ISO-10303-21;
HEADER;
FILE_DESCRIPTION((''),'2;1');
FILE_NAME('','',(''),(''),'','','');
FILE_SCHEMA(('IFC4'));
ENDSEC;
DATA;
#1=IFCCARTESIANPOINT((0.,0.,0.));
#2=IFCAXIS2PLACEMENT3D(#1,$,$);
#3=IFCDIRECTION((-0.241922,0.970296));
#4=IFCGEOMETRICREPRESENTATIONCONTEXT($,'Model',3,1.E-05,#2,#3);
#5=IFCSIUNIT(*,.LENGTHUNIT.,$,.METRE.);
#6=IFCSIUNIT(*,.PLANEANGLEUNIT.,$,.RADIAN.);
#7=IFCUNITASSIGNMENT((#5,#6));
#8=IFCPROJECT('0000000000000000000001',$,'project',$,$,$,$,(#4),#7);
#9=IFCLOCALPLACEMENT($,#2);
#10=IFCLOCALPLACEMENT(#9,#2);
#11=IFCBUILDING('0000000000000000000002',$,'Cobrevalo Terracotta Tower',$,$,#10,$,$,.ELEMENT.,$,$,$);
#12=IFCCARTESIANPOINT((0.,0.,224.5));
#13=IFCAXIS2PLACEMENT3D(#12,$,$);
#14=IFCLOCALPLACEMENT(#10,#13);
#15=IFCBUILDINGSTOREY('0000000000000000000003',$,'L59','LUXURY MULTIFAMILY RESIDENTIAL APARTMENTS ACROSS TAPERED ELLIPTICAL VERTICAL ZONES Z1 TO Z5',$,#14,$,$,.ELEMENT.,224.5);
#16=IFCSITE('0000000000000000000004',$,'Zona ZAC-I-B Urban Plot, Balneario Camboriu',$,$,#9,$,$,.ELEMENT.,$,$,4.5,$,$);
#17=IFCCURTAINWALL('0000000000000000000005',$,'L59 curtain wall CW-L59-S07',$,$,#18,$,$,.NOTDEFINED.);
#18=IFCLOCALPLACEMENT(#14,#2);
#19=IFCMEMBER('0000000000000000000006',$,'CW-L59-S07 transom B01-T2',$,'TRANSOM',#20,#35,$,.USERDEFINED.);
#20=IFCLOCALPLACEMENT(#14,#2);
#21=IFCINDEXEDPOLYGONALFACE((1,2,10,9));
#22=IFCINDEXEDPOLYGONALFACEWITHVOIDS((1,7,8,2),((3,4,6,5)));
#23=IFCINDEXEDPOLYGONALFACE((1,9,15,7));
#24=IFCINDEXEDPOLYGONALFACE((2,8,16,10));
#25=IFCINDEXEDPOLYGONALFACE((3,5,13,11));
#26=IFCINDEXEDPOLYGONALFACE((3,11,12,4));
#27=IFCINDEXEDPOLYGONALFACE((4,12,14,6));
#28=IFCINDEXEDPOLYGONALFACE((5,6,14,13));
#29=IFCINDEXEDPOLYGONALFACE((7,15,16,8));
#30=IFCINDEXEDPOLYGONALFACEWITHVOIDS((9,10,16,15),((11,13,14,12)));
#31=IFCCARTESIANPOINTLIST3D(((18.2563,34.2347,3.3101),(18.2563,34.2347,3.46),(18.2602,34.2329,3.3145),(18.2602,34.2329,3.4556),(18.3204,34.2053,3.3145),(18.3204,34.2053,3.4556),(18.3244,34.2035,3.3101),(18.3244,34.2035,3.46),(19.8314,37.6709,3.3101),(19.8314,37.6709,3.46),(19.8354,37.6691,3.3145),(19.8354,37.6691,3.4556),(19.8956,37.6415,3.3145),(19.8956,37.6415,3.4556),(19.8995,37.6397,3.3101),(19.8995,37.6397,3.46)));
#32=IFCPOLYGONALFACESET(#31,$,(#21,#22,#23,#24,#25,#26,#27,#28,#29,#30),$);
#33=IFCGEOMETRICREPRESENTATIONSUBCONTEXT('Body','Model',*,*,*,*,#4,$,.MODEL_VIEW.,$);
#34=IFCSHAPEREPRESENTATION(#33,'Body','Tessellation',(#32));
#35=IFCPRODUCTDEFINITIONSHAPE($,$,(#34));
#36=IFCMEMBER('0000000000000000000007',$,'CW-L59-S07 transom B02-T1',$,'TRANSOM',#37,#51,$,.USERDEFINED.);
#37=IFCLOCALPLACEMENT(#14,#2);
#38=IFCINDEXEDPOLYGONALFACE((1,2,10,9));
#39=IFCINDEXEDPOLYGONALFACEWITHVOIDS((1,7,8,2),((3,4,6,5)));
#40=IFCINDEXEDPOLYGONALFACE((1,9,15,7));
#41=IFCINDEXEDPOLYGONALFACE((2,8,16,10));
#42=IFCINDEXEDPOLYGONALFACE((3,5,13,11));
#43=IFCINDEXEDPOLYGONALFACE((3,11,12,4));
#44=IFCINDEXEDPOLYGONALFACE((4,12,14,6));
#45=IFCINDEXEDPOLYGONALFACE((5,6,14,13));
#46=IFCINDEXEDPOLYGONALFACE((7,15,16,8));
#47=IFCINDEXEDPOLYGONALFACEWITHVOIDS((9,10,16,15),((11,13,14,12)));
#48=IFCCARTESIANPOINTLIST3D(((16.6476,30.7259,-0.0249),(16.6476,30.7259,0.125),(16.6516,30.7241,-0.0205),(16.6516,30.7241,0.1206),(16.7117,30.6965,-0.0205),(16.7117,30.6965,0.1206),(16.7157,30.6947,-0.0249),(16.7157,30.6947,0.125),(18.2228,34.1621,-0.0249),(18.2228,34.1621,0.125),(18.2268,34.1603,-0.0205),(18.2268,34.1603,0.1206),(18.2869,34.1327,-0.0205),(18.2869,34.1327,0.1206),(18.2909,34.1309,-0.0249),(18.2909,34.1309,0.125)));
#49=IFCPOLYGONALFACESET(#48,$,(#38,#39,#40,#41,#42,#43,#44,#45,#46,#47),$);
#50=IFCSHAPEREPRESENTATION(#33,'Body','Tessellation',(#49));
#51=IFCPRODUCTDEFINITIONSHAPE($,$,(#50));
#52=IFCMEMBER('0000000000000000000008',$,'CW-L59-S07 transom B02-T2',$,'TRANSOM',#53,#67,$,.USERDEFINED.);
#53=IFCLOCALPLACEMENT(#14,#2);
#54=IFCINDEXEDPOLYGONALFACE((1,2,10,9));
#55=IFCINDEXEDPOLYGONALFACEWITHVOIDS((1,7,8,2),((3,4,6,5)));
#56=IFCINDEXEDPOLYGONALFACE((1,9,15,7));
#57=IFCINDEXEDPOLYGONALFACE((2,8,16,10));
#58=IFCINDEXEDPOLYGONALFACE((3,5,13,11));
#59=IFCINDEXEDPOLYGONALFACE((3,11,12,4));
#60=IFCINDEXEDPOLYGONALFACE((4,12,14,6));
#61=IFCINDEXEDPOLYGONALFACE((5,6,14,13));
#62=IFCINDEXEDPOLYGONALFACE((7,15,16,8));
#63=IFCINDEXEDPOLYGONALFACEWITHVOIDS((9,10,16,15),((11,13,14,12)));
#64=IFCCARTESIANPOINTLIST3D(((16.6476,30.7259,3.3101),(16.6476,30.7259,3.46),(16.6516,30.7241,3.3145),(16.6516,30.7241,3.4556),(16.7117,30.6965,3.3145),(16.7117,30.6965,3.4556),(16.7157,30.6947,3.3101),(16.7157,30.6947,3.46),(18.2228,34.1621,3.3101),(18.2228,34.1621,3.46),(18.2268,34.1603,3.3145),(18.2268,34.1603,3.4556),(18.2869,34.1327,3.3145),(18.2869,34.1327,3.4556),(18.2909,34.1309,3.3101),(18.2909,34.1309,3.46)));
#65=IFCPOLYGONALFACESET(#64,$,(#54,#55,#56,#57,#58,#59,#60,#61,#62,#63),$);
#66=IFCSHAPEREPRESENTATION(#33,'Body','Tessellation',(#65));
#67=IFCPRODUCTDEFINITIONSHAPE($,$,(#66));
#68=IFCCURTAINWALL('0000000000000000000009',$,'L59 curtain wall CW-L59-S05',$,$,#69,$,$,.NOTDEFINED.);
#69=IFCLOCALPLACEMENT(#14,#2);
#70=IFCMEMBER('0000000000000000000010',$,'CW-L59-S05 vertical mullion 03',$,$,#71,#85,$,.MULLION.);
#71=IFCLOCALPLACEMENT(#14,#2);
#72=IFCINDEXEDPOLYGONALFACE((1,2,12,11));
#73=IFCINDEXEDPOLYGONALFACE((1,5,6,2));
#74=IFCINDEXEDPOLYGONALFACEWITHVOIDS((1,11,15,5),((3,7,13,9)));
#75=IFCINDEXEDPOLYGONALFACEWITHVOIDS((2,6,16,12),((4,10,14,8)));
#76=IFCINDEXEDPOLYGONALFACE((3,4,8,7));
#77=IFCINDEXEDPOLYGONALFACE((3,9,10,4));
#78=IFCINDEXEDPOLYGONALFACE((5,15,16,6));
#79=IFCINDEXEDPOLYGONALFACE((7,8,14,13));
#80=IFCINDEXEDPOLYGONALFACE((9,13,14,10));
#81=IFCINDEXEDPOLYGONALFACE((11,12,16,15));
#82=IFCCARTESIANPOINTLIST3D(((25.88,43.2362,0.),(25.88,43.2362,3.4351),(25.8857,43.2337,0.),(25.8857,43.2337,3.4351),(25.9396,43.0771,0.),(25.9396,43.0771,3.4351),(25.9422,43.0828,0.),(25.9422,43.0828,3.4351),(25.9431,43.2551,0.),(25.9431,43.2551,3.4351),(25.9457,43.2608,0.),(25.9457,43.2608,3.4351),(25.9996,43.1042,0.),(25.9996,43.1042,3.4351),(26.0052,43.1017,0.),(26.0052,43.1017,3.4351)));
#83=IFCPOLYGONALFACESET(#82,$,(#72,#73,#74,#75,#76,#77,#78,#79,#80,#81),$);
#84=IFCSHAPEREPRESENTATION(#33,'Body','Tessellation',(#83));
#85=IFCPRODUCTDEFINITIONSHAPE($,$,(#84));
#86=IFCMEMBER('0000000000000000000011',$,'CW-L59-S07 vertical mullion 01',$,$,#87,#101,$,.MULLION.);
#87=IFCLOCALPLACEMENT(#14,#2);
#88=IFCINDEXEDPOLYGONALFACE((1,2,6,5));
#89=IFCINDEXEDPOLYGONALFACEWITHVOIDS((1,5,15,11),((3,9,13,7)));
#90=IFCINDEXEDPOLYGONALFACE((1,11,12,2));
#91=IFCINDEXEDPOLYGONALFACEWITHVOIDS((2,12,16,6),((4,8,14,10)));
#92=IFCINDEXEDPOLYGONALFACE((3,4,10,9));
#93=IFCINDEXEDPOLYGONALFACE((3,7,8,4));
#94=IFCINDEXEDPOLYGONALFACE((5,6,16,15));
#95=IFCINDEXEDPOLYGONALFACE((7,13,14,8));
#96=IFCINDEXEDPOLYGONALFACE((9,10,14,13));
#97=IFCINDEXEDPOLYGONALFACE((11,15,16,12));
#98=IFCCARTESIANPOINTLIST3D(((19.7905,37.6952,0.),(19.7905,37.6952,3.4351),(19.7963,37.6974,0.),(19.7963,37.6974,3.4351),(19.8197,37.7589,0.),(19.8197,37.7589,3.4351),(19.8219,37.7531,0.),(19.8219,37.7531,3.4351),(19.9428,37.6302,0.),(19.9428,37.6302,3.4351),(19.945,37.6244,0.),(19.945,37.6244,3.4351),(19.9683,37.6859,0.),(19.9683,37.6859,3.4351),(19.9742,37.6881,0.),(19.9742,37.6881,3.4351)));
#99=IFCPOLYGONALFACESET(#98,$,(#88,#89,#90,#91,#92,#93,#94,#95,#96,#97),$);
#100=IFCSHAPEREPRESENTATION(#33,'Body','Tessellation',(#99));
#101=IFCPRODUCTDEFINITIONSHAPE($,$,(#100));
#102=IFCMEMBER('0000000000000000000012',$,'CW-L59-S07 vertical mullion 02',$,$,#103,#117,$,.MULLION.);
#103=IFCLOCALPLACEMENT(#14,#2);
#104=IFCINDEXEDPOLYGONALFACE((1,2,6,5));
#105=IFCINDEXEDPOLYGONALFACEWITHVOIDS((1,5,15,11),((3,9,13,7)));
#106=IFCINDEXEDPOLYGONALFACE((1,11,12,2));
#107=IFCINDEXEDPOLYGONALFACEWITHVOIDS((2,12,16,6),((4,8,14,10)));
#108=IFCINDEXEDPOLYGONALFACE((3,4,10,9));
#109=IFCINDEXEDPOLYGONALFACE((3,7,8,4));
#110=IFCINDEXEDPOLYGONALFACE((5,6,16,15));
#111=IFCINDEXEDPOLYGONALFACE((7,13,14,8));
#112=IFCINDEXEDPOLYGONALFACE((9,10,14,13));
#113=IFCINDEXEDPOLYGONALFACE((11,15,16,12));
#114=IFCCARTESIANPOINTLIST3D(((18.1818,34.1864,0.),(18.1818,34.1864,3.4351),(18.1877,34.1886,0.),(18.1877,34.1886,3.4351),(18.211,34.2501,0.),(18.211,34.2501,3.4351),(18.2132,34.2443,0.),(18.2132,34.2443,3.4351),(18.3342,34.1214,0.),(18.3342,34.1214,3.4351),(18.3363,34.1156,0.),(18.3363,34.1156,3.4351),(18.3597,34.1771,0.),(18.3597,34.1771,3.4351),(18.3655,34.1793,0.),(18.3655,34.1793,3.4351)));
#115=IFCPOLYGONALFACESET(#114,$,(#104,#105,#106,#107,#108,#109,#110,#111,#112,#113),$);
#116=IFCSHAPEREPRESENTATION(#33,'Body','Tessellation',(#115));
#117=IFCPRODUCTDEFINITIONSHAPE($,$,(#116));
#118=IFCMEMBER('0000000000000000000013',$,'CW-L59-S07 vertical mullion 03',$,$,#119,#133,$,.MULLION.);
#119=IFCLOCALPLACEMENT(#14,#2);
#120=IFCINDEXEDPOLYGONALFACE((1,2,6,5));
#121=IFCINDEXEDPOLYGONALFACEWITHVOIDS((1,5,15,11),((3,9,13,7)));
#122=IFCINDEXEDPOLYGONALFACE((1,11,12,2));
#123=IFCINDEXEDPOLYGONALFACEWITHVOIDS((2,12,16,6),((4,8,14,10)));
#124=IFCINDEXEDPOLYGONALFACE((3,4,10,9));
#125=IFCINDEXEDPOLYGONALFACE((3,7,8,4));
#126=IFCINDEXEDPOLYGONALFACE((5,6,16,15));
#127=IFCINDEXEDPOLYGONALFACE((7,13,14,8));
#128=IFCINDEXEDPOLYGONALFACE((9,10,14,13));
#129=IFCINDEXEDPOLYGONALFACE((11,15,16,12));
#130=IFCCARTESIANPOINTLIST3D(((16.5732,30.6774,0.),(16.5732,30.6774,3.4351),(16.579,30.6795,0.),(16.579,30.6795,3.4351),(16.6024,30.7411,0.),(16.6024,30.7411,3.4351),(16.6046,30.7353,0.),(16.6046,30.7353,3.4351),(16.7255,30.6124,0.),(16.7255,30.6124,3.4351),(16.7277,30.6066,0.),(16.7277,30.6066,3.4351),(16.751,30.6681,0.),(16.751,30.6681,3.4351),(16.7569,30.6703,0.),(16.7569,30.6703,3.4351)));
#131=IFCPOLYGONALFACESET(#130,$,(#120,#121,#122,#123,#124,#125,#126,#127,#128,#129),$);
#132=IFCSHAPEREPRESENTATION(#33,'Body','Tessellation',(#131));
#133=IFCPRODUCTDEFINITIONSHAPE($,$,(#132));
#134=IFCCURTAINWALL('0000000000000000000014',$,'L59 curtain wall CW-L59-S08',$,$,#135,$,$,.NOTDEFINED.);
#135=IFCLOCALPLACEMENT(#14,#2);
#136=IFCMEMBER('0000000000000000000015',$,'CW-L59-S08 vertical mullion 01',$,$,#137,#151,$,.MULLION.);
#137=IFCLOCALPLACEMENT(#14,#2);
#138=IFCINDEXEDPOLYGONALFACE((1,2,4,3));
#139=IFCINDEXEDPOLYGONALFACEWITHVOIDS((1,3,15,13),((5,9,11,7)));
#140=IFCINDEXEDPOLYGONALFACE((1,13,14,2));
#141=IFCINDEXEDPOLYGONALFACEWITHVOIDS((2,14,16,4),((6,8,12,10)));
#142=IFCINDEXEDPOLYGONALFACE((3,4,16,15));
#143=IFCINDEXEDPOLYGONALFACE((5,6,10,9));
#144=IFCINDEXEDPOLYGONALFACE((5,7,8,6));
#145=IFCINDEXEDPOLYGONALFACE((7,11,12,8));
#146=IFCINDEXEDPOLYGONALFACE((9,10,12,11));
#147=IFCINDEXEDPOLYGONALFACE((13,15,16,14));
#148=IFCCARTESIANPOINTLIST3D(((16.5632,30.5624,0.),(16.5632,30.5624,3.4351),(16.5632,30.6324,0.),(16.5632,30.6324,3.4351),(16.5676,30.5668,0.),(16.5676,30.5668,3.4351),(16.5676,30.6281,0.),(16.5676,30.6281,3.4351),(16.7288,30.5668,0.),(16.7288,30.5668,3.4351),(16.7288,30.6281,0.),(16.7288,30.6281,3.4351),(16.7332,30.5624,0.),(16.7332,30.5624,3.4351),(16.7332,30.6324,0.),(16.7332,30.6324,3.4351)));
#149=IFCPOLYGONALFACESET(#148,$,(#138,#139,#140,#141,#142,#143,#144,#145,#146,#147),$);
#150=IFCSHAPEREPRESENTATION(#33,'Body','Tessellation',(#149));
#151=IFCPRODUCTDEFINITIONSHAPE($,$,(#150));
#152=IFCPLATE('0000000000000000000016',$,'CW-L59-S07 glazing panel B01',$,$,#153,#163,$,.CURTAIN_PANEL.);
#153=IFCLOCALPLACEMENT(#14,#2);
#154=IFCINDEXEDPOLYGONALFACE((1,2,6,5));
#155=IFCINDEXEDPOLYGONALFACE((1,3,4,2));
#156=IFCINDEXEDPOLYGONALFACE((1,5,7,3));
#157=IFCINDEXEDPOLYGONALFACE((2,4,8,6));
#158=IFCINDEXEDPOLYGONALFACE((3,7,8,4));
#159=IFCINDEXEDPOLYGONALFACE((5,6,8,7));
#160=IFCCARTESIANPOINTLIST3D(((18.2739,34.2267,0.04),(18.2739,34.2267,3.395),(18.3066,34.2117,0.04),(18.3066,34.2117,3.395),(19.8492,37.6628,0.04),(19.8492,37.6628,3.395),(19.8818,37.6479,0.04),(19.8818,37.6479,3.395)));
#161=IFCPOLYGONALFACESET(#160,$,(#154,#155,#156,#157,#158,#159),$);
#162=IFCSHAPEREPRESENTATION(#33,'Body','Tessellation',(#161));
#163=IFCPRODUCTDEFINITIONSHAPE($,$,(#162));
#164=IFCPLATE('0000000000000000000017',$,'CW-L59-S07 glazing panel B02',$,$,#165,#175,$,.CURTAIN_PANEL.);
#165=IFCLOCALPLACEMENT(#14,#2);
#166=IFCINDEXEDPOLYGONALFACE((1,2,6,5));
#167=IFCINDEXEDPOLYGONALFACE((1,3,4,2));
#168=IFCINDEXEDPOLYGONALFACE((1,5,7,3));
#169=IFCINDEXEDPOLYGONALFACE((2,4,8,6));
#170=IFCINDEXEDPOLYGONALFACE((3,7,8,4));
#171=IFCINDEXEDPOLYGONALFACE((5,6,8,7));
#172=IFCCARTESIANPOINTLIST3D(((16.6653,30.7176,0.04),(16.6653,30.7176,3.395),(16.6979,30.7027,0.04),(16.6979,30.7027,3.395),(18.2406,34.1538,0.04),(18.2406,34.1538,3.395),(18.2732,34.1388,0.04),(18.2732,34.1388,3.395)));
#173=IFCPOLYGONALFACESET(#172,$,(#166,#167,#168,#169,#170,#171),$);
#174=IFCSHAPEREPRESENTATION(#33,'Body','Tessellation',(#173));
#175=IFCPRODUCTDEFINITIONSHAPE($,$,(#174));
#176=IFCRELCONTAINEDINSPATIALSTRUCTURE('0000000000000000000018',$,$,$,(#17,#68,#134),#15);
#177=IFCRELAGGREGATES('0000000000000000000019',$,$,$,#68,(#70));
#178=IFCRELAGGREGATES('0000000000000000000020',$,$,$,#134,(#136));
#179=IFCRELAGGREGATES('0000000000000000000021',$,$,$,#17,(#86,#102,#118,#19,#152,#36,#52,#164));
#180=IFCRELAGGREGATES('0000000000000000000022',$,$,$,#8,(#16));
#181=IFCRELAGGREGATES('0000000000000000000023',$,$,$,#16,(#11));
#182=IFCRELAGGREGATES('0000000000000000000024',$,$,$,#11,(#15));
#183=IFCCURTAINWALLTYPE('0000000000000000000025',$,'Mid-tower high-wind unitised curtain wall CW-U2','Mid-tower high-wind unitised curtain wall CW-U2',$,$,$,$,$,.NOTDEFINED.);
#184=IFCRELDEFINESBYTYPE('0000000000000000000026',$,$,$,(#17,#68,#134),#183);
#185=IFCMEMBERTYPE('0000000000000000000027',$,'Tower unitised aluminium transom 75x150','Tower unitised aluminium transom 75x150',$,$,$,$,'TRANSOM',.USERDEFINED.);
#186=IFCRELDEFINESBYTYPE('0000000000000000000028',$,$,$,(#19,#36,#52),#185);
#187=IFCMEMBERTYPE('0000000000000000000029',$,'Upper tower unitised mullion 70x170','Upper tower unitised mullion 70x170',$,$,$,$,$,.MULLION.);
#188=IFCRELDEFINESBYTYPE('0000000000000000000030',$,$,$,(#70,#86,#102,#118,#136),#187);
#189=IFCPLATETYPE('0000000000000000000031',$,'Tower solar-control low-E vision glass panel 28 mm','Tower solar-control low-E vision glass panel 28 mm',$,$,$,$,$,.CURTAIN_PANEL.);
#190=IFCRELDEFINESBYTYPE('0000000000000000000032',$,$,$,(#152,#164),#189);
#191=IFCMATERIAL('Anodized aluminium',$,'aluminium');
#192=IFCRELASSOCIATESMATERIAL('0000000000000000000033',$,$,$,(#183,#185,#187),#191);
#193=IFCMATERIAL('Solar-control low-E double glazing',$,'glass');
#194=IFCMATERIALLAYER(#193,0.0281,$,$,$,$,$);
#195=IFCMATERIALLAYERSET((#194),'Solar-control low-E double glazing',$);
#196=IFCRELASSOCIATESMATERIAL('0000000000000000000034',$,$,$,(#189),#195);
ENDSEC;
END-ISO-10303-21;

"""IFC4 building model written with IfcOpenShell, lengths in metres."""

from ifc_helpers import new_model, si_unit, direction, frame, origin, origin_2d, place, context, subcontext, project, spatial, rectangle, hollow_rectangle, extrude, source, transform, mapped, material, layer, layer_set, material_profile, profile_set, type_object, element, aggregate, save


model = new_model("IFC4")

# Units and contexts
model_context = context("Model", 3, precision=1e-05, world=origin(), true_north=direction((-0.241922, 0.970296)))
body_context = subcontext(model_context, "Body", "Model", "MODEL_VIEW")
ifc_project = project(units=[si_unit("LENGTHUNIT", "METRE"), si_unit("PLANEANGLEUNIT", "RADIAN")], contexts=[model_context])

# Site, building, storey
site_placement = place(None, origin())
site = spatial("IfcSite", under=ifc_project, at=site_placement, Name="Zona ZAC-I-B Urban Plot, Balneario Camboriu", CompositionType="ELEMENT", RefElevation=4.5)
building_placement = place(site_placement, origin())
building = spatial("IfcBuilding", under=site, at=building_placement, Name="Cobrevalo Terracotta Tower", CompositionType="ELEMENT")
storey_placement = place(building_placement, frame((0.0, 0.0, 224.5)))
storey = spatial("IfcBuildingStorey", under=building, at=storey_placement, Name="L59", Description="LUXURY MULTIFAMILY RESIDENTIAL APARTMENTS ACROSS TAPERED ELLIPTICAL VERTICAL ZONES Z1 TO Z5", CompositionType="ELEMENT", Elevation=224.5)

# Curtain wall, members
ifc_material_1 = material(Name="Anodized aluminium", Category="aluminium")
curtain_wall_type = type_object("IfcCurtainWallType", Name="Mid-tower high-wind unitised curtain wall CW-U2", Description="Mid-tower high-wind unitised curtain wall CW-U2", PredefinedType="NOTDEFINED", material=ifc_material_1)
curtain_wall_1_placement = place(storey_placement, origin())
curtain_wall_1 = element("IfcCurtainWall", 1, at=curtain_wall_1_placement, inside=storey, type_object=curtain_wall_type, Name="L59 curtain wall CW-L59-S07", PredefinedType="NOTDEFINED")
ifc_material_profile_1 = material_profile(ifc_material_1, hollow_rectangle(XDim=0.075, YDim=0.1499, WallThickness=0.0044, at=origin_2d()), Name="CWT 75x150")
ifc_profile_set_1 = profile_set([ifc_material_profile_1], Name="Anodized aluminium")
member_type_1 = type_object("IfcMemberType", Name="Tower unitised aluminium transom 75x150", Description="Tower unitised aluminium transom 75x150", ElementType="TRANSOM", PredefinedType="USERDEFINED", material=ifc_profile_set_1)
shared_shape_1 = source(origin(), body_context, "Body", "SweptSolid", [
    extrude(hollow_rectangle(XDim=0.075, YDim=0.1499, WallThickness=0.0044, at=origin_2d()), origin(), (0.0, 0.0, 1.0), 3.78),
])
member_1_placement = place(storey_placement, frame((19.8655, 37.6553, 3.385), z_axis=(-0.416706, -0.909041, 0.0), x_axis=(0.909041, -0.416706, 0.0)))
member_1 = element("IfcMember", 2, at=member_1_placement, type_object=member_type_1, Name="CW-L59-S07 transom B01-T2", ObjectType="TRANSOM", PredefinedType="USERDEFINED", context=body_context, shape_type="MappedRepresentation", body=[
    mapped(shared_shape_1, transform((0.0, 0.0, 0.0), scale=1.0)),
])
member_2_placement = place(storey_placement, frame((18.2568, 34.1465, 0.05), z_axis=(-0.416706, -0.909041, 0.0), x_axis=(0.909041, -0.416706, 0.0)))
member_2 = element("IfcMember", 3, at=member_2_placement, type_object=member_type_1, Name="CW-L59-S07 transom B02-T1", ObjectType="TRANSOM", PredefinedType="USERDEFINED", context=body_context, shape_type="MappedRepresentation", body=[
    mapped(shared_shape_1, transform((0.0, 0.0, 0.0), scale=1.0)),
])
member_3_placement = place(storey_placement, frame((18.2568, 34.1465, 3.385), z_axis=(-0.416706, -0.909041, 0.0), x_axis=(0.909041, -0.416706, 0.0)))
member_3 = element("IfcMember", 4, at=member_3_placement, type_object=member_type_1, Name="CW-L59-S07 transom B02-T2", ObjectType="TRANSOM", PredefinedType="USERDEFINED", context=body_context, shape_type="MappedRepresentation", body=[
    mapped(shared_shape_1, transform((0.0, 0.0, 0.0), scale=1.0)),
])

# Curtain wall, member
curtain_wall_2_placement = place(storey_placement, origin())
curtain_wall_2 = element("IfcCurtainWall", 5, at=curtain_wall_2_placement, inside=storey, type_object=curtain_wall_type, Name="L59 curtain wall CW-L59-S05", PredefinedType="NOTDEFINED")
ifc_material_profile_2 = material_profile(ifc_material_1, hollow_rectangle(XDim=0.0701, YDim=0.1699, WallThickness=0.0044, at=origin_2d()), Name="CWM 70x170")
ifc_profile_set_2 = profile_set([ifc_material_profile_2], Name="Anodized aluminium")
member_type_2 = type_object("IfcMemberType", Name="Upper tower unitised mullion 70x170", Description="Upper tower unitised mullion 70x170", PredefinedType="MULLION", material=ifc_profile_set_2)
shared_shape_2 = source(origin(), body_context, "Body", "SweptSolid", [
    extrude(hollow_rectangle(XDim=0.0701, YDim=0.1699, WallThickness=0.0044, at=origin_2d()), origin(), (0.0, 0.0, 1.0), 3.4351),
])
member_4_placement = place(storey_placement, frame((25.9426, 43.1689, 0.0), z_axis=(0.0, 0.0, 1.0), x_axis=(-0.936556, -0.350518, 0.0)))
member_4 = element("IfcMember", 6, at=member_4_placement, type_object=member_type_2, Name="CW-L59-S05 vertical mullion 03", PredefinedType="MULLION", context=body_context, shape_type="MappedRepresentation", body=[
    mapped(shared_shape_2, transform((0.0, 0.0, 0.0), scale=1.0)),
])
aggregate(curtain_wall_2, [member_4])

# Members
member_5_placement = place(storey_placement, frame((19.8823, 37.6917, 0.0), z_axis=(0.0, 0.0, 1.0), x_axis=(-0.416725, -0.909033, 0.0)))
member_5 = element("IfcMember", 7, at=member_5_placement, type_object=member_type_2, Name="CW-L59-S07 vertical mullion 01", PredefinedType="MULLION", context=body_context, shape_type="MappedRepresentation", body=[
    mapped(shared_shape_2, transform((0.0, 0.0, 0.0), scale=1.0)),
])
member_6_placement = place(storey_placement, frame((18.2737, 34.1829, 0.0), z_axis=(0.0, 0.0, 1.0), x_axis=(-0.416725, -0.909033, 0.0)))
member_6 = element("IfcMember", 8, at=member_6_placement, type_object=member_type_2, Name="CW-L59-S07 vertical mullion 02", PredefinedType="MULLION", context=body_context, shape_type="MappedRepresentation", body=[
    mapped(shared_shape_2, transform((0.0, 0.0, 0.0), scale=1.0)),
])
member_7_placement = place(storey_placement, frame((16.665, 30.6738, 0.0), z_axis=(0.0, 0.0, 1.0), x_axis=(-0.416725, -0.909033, 0.0)))
member_7 = element("IfcMember", 9, at=member_7_placement, type_object=member_type_2, Name="CW-L59-S07 vertical mullion 03", PredefinedType="MULLION", context=body_context, shape_type="MappedRepresentation", body=[
    mapped(shared_shape_2, transform((0.0, 0.0, 0.0), scale=1.0)),
])

# Curtain wall, member
curtain_wall_3_placement = place(storey_placement, origin())
curtain_wall_3 = element("IfcCurtainWall", 10, at=curtain_wall_3_placement, inside=storey, type_object=curtain_wall_type, Name="L59 curtain wall CW-L59-S08", PredefinedType="NOTDEFINED")
member_8_placement = place(storey_placement, frame((16.6482, 30.5974, 0.0), z_axis=(0.0, 0.0, 1.0), x_axis=(0.0, -1.0, 0.0)))
member_8 = element("IfcMember", 11, at=member_8_placement, type_object=member_type_2, Name="CW-L59-S08 vertical mullion 01", PredefinedType="MULLION", context=body_context, shape_type="MappedRepresentation", body=[
    mapped(shared_shape_2, transform((0.0, 0.0, 0.0), scale=1.0)),
])
aggregate(curtain_wall_3, [member_8])

# Plates
ifc_material_2 = material(Name="Solar-control low-E double glazing", Category="glass")
ifc_layer_1 = layer(ifc_material_2, 0.0281)
ifc_layer_set_1 = layer_set([ifc_layer_1], Name="Solar-control low-E double glazing")
plate_type = type_object("IfcPlateType", Name="Tower solar-control low-E vision glass panel 28 mm", Description="Tower solar-control low-E vision glass panel 28 mm", PredefinedType="CURTAIN_PANEL", material=ifc_layer_set_1)
shared_shape_3 = source(origin(), body_context, "Body", "SweptSolid", [
    extrude(rectangle(XDim=3.78, YDim=0.0359, at=origin_2d()), origin(), (0.0, 0.0, 1.0), 3.355),
])
plate_1_placement = place(storey_placement, frame((19.0779, 35.9373, 0.04), z_axis=(0.0, 0.0, 1.0), x_axis=(-0.416731, -0.90903, 0.0)))
plate_1 = element("IfcPlate", 12, at=plate_1_placement, type_object=plate_type, Name="CW-L59-S07 glazing panel B01", PredefinedType="CURTAIN_PANEL", context=body_context, shape_type="MappedRepresentation", body=[
    mapped(shared_shape_3, transform((0.0, 0.0, 0.0), scale=1.0)),
])
plate_2_placement = place(storey_placement, frame((17.4692, 32.4282, 0.04), z_axis=(0.0, 0.0, 1.0), x_axis=(-0.416731, -0.90903, 0.0)))
plate_2 = element("IfcPlate", 13, at=plate_2_placement, type_object=plate_type, Name="CW-L59-S07 glazing panel B02", PredefinedType="CURTAIN_PANEL", context=body_context, shape_type="MappedRepresentation", body=[
    mapped(shared_shape_3, transform((0.0, 0.0, 0.0), scale=1.0)),
])
aggregate(curtain_wall_1, [member_5, member_6, member_7, member_1, plate_1, member_2, member_3, plate_2])

save(model, "model.ifc")
